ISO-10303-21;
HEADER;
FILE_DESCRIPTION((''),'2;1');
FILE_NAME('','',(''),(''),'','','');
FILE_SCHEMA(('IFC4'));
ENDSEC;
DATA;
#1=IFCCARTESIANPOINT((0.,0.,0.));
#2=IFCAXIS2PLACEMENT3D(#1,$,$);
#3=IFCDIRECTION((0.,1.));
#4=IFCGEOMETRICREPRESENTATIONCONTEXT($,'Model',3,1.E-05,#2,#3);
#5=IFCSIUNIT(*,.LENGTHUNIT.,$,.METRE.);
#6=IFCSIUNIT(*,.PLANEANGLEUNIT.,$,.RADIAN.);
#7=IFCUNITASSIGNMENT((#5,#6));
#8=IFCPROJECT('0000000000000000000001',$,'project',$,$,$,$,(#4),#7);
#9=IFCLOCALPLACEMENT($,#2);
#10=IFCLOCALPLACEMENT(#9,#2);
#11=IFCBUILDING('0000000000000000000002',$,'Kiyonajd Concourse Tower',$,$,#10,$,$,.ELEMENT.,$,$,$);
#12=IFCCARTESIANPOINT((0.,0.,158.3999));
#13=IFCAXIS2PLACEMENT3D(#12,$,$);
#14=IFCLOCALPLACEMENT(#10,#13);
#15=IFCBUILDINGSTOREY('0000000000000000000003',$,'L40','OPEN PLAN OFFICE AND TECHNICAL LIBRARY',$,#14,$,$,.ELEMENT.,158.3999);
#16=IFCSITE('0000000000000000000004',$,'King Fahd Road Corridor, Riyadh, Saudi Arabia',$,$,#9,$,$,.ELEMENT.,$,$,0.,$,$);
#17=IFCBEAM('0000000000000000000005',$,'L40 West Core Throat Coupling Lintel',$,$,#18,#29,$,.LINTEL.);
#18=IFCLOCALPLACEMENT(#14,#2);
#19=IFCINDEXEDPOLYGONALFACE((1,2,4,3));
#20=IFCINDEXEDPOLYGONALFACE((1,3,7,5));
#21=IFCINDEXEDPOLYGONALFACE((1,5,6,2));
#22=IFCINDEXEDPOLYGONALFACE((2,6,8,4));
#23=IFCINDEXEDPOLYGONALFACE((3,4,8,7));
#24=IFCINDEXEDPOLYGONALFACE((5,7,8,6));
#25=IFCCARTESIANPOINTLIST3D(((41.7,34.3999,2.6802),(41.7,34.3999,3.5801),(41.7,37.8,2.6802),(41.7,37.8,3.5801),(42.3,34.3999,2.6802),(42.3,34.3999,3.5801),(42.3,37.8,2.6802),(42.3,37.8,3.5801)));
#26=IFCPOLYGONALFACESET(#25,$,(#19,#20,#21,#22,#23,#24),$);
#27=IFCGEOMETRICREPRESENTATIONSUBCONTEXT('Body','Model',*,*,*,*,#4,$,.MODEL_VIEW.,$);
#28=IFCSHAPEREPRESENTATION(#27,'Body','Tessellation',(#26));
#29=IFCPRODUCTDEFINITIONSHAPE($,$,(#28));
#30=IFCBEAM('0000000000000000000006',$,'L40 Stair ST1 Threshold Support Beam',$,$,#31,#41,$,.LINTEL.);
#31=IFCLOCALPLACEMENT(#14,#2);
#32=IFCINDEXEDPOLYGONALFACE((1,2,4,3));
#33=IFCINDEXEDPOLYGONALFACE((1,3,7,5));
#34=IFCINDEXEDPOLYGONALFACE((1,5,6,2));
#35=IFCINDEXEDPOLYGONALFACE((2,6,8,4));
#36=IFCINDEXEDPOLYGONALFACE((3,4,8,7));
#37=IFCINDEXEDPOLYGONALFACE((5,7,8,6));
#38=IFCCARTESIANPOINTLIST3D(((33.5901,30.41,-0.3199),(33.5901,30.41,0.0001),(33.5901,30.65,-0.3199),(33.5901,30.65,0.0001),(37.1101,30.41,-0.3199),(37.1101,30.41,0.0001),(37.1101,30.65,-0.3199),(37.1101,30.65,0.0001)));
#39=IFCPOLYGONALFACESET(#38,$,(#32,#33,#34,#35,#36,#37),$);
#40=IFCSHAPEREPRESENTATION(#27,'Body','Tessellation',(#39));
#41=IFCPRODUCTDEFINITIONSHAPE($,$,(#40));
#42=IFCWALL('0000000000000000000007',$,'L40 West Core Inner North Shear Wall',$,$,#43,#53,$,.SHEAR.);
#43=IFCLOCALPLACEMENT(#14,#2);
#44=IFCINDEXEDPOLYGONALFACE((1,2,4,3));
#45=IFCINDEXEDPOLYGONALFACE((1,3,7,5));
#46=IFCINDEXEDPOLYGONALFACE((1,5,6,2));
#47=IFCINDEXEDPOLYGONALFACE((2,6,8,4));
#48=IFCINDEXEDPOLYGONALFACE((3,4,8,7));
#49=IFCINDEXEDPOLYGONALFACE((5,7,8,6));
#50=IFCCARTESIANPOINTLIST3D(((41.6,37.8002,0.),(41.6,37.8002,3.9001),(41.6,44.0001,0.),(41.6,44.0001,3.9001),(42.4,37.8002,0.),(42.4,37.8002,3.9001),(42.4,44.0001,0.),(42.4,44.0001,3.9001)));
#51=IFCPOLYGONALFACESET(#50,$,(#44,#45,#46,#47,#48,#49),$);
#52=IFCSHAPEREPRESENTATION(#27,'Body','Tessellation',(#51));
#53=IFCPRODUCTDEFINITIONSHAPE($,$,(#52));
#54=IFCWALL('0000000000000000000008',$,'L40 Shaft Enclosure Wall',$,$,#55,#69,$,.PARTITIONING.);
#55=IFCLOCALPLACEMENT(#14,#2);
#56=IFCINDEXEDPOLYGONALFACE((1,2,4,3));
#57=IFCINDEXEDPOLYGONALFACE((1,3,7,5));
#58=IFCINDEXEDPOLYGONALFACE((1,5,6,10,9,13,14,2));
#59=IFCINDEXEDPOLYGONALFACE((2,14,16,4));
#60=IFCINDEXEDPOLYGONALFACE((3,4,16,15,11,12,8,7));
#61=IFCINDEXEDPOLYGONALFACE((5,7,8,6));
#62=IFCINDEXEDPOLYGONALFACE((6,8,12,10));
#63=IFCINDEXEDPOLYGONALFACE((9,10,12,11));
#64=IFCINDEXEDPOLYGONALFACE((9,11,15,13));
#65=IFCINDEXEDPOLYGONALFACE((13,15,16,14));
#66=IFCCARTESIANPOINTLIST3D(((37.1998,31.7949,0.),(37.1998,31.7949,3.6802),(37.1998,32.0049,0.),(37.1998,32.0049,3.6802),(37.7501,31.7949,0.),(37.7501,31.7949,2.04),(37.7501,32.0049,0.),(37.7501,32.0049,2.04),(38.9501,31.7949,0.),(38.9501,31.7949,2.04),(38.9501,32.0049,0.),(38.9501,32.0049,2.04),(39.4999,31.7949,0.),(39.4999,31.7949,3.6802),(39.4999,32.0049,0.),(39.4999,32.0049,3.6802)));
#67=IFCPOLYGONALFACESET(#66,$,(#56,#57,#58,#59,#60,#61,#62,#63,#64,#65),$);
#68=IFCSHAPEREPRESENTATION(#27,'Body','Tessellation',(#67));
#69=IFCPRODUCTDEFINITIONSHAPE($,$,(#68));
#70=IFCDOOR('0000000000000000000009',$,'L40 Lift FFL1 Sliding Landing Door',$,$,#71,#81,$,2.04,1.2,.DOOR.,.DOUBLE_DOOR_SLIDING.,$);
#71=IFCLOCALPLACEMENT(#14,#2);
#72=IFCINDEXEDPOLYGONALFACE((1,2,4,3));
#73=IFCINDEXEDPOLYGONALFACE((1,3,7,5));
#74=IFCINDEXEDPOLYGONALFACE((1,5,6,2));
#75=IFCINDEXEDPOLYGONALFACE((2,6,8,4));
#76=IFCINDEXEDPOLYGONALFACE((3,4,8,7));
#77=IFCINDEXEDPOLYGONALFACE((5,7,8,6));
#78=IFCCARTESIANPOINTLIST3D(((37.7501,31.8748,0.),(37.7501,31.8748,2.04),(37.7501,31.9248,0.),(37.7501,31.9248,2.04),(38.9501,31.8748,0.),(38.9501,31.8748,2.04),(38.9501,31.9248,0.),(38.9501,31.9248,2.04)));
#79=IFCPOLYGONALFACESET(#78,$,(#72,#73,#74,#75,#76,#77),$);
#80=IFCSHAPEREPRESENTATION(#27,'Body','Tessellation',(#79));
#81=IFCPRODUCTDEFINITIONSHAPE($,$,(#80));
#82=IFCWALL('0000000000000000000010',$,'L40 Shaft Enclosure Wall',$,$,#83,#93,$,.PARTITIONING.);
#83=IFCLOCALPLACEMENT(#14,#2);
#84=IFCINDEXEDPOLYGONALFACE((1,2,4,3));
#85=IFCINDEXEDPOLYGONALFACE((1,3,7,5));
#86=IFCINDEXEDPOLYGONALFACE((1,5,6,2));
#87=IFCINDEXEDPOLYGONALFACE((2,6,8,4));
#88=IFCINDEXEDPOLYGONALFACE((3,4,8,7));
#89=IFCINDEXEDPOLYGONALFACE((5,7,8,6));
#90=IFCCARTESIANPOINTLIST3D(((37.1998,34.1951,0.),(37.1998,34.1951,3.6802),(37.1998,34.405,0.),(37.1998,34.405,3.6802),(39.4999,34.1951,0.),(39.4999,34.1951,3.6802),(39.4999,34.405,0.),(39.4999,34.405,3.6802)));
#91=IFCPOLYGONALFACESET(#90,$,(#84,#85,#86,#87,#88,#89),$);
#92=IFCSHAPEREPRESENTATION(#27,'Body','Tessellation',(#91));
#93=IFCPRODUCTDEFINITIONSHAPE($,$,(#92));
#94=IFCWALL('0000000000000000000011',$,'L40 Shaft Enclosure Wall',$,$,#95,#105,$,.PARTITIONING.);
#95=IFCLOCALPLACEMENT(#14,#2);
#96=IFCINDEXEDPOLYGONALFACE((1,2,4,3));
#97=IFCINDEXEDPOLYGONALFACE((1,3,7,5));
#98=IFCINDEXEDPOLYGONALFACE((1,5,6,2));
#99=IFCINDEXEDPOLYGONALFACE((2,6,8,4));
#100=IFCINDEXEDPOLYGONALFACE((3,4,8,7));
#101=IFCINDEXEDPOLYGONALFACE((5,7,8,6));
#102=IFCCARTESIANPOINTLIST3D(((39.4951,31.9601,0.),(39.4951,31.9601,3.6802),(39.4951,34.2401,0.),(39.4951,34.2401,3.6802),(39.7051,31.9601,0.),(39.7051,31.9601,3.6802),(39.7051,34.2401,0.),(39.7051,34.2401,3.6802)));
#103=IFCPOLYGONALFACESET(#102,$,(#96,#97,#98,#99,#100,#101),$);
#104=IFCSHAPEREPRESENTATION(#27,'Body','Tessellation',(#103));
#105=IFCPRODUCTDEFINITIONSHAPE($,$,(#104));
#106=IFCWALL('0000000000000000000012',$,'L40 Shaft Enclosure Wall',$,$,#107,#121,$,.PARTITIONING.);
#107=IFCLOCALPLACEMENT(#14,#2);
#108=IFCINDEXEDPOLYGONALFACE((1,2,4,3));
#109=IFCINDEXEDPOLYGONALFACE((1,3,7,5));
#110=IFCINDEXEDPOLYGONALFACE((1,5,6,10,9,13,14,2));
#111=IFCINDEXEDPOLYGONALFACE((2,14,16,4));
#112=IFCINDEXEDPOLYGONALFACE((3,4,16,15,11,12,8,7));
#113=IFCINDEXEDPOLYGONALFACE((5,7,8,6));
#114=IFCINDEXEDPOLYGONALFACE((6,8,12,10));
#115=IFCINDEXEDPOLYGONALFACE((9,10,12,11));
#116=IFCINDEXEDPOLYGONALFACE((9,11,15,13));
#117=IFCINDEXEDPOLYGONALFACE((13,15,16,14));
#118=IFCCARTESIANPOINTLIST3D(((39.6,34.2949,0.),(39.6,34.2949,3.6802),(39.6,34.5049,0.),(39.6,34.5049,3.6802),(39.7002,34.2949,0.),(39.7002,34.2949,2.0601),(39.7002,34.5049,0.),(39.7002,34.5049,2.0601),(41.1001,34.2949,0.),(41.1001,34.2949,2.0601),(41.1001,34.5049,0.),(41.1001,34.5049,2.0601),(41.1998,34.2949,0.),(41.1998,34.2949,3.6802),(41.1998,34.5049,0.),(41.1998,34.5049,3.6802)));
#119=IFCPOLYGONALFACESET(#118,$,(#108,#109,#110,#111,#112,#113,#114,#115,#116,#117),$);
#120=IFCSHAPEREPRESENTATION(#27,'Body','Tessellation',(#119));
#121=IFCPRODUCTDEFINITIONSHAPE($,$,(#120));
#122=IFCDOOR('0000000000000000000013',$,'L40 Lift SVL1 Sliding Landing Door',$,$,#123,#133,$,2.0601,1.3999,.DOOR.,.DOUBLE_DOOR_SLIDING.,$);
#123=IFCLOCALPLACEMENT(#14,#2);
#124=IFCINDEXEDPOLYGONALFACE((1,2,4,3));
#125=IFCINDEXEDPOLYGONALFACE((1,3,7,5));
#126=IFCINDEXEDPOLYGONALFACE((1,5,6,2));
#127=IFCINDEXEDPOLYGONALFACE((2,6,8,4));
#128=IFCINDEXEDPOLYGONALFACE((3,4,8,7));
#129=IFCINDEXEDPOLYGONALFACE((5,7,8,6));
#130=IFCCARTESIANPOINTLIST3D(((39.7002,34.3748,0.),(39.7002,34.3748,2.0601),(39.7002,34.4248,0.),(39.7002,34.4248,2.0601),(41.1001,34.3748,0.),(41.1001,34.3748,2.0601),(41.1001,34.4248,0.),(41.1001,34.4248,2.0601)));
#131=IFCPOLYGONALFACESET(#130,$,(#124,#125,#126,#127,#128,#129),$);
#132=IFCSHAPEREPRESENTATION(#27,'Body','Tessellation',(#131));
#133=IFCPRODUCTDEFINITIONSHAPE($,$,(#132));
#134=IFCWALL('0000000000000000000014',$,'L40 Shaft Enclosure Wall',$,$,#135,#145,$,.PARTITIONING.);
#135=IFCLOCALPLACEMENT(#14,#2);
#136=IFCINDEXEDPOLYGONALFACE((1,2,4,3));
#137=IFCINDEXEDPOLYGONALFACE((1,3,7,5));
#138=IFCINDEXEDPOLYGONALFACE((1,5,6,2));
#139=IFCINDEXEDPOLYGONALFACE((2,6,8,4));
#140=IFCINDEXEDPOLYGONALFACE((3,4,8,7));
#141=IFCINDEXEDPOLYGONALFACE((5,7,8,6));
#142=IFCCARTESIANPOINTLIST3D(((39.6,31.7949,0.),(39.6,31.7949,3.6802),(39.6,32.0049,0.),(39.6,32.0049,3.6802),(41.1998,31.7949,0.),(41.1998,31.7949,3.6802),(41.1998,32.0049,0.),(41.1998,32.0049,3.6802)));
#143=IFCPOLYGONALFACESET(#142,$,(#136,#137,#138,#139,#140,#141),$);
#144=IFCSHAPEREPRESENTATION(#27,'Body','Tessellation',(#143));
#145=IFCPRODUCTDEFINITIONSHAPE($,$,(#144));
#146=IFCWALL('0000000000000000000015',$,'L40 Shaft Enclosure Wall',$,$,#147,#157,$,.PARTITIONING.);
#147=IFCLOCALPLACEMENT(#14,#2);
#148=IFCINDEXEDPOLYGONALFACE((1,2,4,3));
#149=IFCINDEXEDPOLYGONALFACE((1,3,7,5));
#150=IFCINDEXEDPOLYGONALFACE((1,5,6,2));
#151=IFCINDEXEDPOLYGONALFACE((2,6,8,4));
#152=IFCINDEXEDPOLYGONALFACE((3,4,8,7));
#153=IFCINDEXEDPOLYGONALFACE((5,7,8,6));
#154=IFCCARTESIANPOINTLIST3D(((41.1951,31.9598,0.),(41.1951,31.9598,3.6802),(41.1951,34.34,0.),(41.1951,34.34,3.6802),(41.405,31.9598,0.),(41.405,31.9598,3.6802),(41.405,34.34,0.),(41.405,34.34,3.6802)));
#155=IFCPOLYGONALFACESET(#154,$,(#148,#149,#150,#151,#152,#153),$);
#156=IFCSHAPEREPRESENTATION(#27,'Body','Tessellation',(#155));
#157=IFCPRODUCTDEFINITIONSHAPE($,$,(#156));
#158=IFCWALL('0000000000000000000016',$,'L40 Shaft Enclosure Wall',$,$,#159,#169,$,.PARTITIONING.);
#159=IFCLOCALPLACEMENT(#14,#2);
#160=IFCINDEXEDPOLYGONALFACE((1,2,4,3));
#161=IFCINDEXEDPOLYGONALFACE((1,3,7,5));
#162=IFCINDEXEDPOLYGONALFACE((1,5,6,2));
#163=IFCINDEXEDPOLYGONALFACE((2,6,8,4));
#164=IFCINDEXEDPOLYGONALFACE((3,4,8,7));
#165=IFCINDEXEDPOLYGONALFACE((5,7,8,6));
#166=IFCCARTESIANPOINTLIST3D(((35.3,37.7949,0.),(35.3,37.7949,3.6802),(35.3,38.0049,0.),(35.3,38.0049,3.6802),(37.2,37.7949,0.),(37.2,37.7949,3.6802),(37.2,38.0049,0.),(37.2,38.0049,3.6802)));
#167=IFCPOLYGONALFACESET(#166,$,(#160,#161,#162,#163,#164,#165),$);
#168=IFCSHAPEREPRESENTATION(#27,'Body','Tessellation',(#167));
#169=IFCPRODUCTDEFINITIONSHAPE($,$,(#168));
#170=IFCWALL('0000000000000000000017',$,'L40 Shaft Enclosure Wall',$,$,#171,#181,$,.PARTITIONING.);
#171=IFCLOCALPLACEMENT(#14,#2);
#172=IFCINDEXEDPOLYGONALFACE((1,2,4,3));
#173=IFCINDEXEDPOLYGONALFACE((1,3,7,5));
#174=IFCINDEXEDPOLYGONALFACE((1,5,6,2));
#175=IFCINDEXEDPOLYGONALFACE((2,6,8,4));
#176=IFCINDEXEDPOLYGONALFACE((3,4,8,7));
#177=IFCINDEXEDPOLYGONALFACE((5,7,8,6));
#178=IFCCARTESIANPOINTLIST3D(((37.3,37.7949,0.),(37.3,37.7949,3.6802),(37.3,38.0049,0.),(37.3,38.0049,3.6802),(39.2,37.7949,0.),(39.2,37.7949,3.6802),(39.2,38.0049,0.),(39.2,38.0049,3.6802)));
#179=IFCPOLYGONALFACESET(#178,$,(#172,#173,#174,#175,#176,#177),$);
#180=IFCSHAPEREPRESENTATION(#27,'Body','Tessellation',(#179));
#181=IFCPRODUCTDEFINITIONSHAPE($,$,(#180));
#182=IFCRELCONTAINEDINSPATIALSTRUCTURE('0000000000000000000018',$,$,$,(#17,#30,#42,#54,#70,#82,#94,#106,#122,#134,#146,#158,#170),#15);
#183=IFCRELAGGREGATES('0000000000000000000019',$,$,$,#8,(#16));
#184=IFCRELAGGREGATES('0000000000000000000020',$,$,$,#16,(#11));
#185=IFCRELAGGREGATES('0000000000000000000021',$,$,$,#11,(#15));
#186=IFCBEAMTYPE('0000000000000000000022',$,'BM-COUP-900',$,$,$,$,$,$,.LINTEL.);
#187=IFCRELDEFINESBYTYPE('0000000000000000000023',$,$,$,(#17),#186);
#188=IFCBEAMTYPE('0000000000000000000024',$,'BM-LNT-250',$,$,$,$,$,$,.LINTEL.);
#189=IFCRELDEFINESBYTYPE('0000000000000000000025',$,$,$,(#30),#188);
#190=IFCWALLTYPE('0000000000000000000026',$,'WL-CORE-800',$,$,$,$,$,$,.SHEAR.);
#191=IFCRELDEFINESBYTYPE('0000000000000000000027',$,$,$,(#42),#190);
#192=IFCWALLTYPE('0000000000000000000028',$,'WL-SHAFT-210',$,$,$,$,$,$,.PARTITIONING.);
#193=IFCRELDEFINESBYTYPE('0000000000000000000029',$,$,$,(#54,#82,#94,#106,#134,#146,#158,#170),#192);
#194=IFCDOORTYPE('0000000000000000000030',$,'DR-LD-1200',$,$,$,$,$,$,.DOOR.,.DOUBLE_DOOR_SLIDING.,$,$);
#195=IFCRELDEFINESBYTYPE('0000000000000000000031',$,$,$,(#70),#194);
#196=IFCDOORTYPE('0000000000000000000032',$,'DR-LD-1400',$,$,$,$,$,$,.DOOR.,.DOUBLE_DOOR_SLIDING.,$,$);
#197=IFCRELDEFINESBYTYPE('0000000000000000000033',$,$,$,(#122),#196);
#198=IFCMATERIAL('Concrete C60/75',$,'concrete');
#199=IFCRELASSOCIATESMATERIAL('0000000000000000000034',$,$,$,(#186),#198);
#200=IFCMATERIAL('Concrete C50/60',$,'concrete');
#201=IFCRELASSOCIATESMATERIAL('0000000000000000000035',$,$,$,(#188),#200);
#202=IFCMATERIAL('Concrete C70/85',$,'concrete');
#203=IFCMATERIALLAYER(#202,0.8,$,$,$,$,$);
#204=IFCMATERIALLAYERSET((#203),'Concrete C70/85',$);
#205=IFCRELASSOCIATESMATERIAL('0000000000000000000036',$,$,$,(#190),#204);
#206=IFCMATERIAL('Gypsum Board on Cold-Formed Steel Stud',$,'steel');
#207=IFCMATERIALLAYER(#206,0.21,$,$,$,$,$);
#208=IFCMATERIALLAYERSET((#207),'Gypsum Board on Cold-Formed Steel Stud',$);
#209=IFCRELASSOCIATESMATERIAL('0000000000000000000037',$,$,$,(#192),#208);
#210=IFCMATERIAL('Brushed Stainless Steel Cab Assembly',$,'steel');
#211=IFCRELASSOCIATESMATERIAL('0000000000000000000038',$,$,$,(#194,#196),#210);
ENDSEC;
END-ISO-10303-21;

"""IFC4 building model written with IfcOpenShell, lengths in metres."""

from ifc_helpers import new_model, si_unit, direction, frame, frame_2d, origin, origin_2d, place, context, subcontext, project, spatial, rectangle, extrude, material, layer, layer_set, material_profile, profile_set, type_object, element, fill, save


model = new_model("IFC4")

# Units and contexts
model_context = context("Model", 3, precision=1e-05, world=origin(), true_north=direction((0.0, 1.0)))
body_context = subcontext(model_context, "Body", "Model", "MODEL_VIEW")
ifc_project = project(units=[si_unit("LENGTHUNIT", "METRE"), si_unit("PLANEANGLEUNIT", "RADIAN")], contexts=[model_context])

# Site, building, storey
site_placement = place(None, origin())
site = spatial("IfcSite", under=ifc_project, at=site_placement, Name="King Fahd Road Corridor, Riyadh, Saudi Arabia", CompositionType="ELEMENT", RefElevation=0.0)
building_placement = place(site_placement, origin())
building = spatial("IfcBuilding", under=site, at=building_placement, Name="Kiyonajd Concourse Tower", CompositionType="ELEMENT")
storey_placement = place(building_placement, frame((0.0, 0.0, 158.3999)))
storey = spatial("IfcBuildingStorey", under=building, at=storey_placement, Name="L40", Description="OPEN PLAN OFFICE AND TECHNICAL LIBRARY", CompositionType="ELEMENT", Elevation=158.3999)

# Beams
ifc_material_1 = material(Name="Concrete C60/75", Category="concrete")
ifc_material_profile_1 = material_profile(ifc_material_1, rectangle(XDim=0.6001, YDim=0.8999, at=origin_2d()), Name="RCBM-600x900")
ifc_profile_set_1 = profile_set([ifc_material_profile_1], Name="Concrete C60/75")
beam_type_1 = type_object("IfcBeamType", Name="BM-COUP-900", PredefinedType="LINTEL", material=ifc_profile_set_1)
beam_1_placement = place(storey_placement, frame((42.0, 34.3999, 3.1301), z_axis=(0.0, 1.0, 0.0), x_axis=(-1.0, 0.0, 0.0)))
element("IfcBeam", 1, at=beam_1_placement, inside=storey, type_object=beam_type_1, Name="L40 West Core Throat Coupling Lintel", PredefinedType="LINTEL", context=body_context, shape_type="SweptSolid", body=[
    extrude(rectangle(XDim=0.6001, YDim=0.8999, at=origin_2d()), origin(), (0.0, 0.0, 1.0), 3.4001),
])
ifc_material_2 = material(Name="Concrete C50/60", Category="concrete")
ifc_material_profile_2 = material_profile(ifc_material_2, rectangle(XDim=0.24, YDim=0.3201, at=origin_2d()), Name="RCBM-240x320")
ifc_profile_set_2 = profile_set([ifc_material_profile_2], Name="Concrete C50/60")
beam_type_2 = type_object("IfcBeamType", Name="BM-LNT-250", PredefinedType="LINTEL", material=ifc_profile_set_2)
beam_2_placement = place(storey_placement, frame((33.5901, 30.53, -0.1599), z_axis=(1.0, 0.0, 0.0), x_axis=(0.0, 1.0, 0.0)))
element("IfcBeam", 2, at=beam_2_placement, inside=storey, type_object=beam_type_2, Name="L40 Stair ST1 Threshold Support Beam", PredefinedType="LINTEL", context=body_context, shape_type="SweptSolid", body=[
    extrude(rectangle(XDim=0.24, YDim=0.3201, at=origin_2d()), origin(), (0.0, 0.0, 1.0), 3.52),
])

# Wall
ifc_material_3 = material(Name="Concrete C70/85", Category="concrete")
ifc_layer_1 = layer(ifc_material_3, 0.8)
ifc_layer_set_1 = layer_set([ifc_layer_1], Name="Concrete C70/85")
wall_type_1 = type_object("IfcWallType", Name="WL-CORE-800", PredefinedType="SHEAR", material=ifc_layer_set_1)
wall_1_placement = place(storey_placement, frame((42.0, 37.8, 0.0), z_axis=(0.0, 0.0, 1.0), x_axis=(0.0, 1.0, 0.0)))
element("IfcWall", 3, at=wall_1_placement, inside=storey, type_object=wall_type_1, Name="L40 West Core Inner North Shear Wall", PredefinedType="SHEAR", context=body_context, shape_type="SweptSolid", body=[
    extrude(rectangle(XDim=6.2, YDim=0.8, at=frame_2d((3.1001, 0.0))), origin(), (0.0, 0.0, 1.0), 3.9001),
])

# Wall, opening, door
ifc_material_4 = material(Name="Gypsum Board on Cold-Formed Steel Stud", Category="steel")
ifc_layer_2 = layer(ifc_material_4, 0.21)
ifc_layer_set_2 = layer_set([ifc_layer_2], Name="Gypsum Board on Cold-Formed Steel Stud")
wall_type_2 = type_object("IfcWallType", Name="WL-SHAFT-210", PredefinedType="PARTITIONING", material=ifc_layer_set_2)
wall_2_placement = place(storey_placement, frame((37.2, 31.8999, 0.0), z_axis=(0.0, 0.0, 1.0), x_axis=(1.0, 0.0, 0.0)))
wall_2 = element("IfcWall", 4, at=wall_2_placement, inside=storey, type_object=wall_type_2, Name="L40 Shaft Enclosure Wall", PredefinedType="PARTITIONING", context=body_context, shape_type="SweptSolid", body=[
    extrude(rectangle(XDim=2.3, YDim=0.21, at=frame_2d((1.1499, 0.0))), origin(), (0.0, 0.0, 1.0), 3.6802),
])
opening_1_placement = place(wall_2_placement, frame((0.55, 0.0, 0.0)))
opening_1 = element("IfcOpeningElement", 5, at=opening_1_placement, cuts=wall_2, PredefinedType="OPENING", context=body_context, shape_type="SweptSolid", body=[
    extrude(rectangle(XDim=1.2, YDim=2.04, at=frame_2d((0.6001, 1.02))), frame((0.0, 0.115, 0.0), z_axis=(0.0, -1.0, 0.0), x_axis=(1.0, 0.0, 0.0)), (0.0, 0.0, 1.0), 0.23),
])
ifc_material_5 = material(Name="Brushed Stainless Steel Cab Assembly", Category="steel")
door_type_1 = type_object("IfcDoorType", Name="DR-LD-1200", OperationType="DOUBLE_DOOR_SLIDING", PredefinedType="DOOR", material=ifc_material_5)
door_1_placement = place(opening_1_placement, origin())
door_1 = element("IfcDoor", 6, at=door_1_placement, inside=storey, type_object=door_type_1, Name="L40 Lift FFL1 Sliding Landing Door", OperationType="DOUBLE_DOOR_SLIDING", OverallHeight=2.04, OverallWidth=1.2, PredefinedType="DOOR", context=body_context, shape_type="SweptSolid", body=[
    extrude(rectangle(XDim=1.2, YDim=2.04, at=frame_2d((0.6001, 1.02))), frame((0.0, 0.0249, 0.0), z_axis=(0.0, -1.0, 0.0), x_axis=(1.0, 0.0, 0.0)), (0.0, 0.0, 1.0), 0.05),
])
fill(opening_1, door_1)

# Walls
wall_3_placement = place(storey_placement, frame((37.2, 34.3, 0.0), z_axis=(0.0, 0.0, 1.0), x_axis=(1.0, 0.0, 0.0)))
element("IfcWall", 7, at=wall_3_placement, inside=storey, type_object=wall_type_2, Name="L40 Shaft Enclosure Wall", PredefinedType="PARTITIONING", context=body_context, shape_type="SweptSolid", body=[
    extrude(rectangle(XDim=2.3, YDim=0.21, at=frame_2d((1.1499, 0.0))), origin(), (0.0, 0.0, 1.0), 3.6802),
])
wall_4_placement = place(storey_placement, frame((39.6001, 31.96, 0.0), z_axis=(0.0, 0.0, 1.0), x_axis=(0.0, 1.0, 0.0)))
element("IfcWall", 8, at=wall_4_placement, inside=storey, type_object=wall_type_2, Name="L40 Shaft Enclosure Wall", PredefinedType="PARTITIONING", context=body_context, shape_type="SweptSolid", body=[
    extrude(rectangle(XDim=2.28, YDim=0.21, at=frame_2d((1.1401, 0.0))), origin(), (0.0, 0.0, 1.0), 3.6802),
])

# Wall, opening, door
wall_5_placement = place(storey_placement, frame((39.6001, 34.3999, 0.0), z_axis=(0.0, 0.0, 1.0), x_axis=(1.0, 0.0, 0.0)))
wall_5 = element("IfcWall", 9, at=wall_5_placement, inside=storey, type_object=wall_type_2, Name="L40 Shaft Enclosure Wall", PredefinedType="PARTITIONING", context=body_context, shape_type="SweptSolid", body=[
    extrude(rectangle(XDim=1.5999, YDim=0.21, at=frame_2d((0.7998, 0.0))), origin(), (0.0, 0.0, 1.0), 3.6802),
])
opening_2_placement = place(wall_5_placement, frame((0.1001, 0.0, 0.0)))
opening_2 = element("IfcOpeningElement", 10, at=opening_2_placement, cuts=wall_5, PredefinedType="OPENING", context=body_context, shape_type="SweptSolid", body=[
    extrude(rectangle(XDim=1.3999, YDim=2.0601, at=frame_2d((0.7, 1.03))), frame((0.0, 0.115, 0.0), z_axis=(0.0, -1.0, 0.0), x_axis=(1.0, 0.0, 0.0)), (0.0, 0.0, 1.0), 0.23),
])
door_type_2 = type_object("IfcDoorType", Name="DR-LD-1400", OperationType="DOUBLE_DOOR_SLIDING", PredefinedType="DOOR", material=ifc_material_5)
door_2_placement = place(opening_2_placement, origin())
door_2 = element("IfcDoor", 11, at=door_2_placement, inside=storey, type_object=door_type_2, Name="L40 Lift SVL1 Sliding Landing Door", OperationType="DOUBLE_DOOR_SLIDING", OverallHeight=2.0601, OverallWidth=1.3999, PredefinedType="DOOR", context=body_context, shape_type="SweptSolid", body=[
    extrude(rectangle(XDim=1.3999, YDim=2.0601, at=frame_2d((0.7, 1.03))), frame((0.0, 0.0249, 0.0), z_axis=(0.0, -1.0, 0.0), x_axis=(1.0, 0.0, 0.0)), (0.0, 0.0, 1.0), 0.05),
])
fill(opening_2, door_2)

# Walls
wall_6_placement = place(storey_placement, frame((39.6001, 31.8999, 0.0), z_axis=(0.0, 0.0, 1.0), x_axis=(1.0, 0.0, 0.0)))
element("IfcWall", 12, at=wall_6_placement, inside=storey, type_object=wall_type_2, Name="L40 Shaft Enclosure Wall", PredefinedType="PARTITIONING", context=body_context, shape_type="SweptSolid", body=[
    extrude(rectangle(XDim=1.5999, YDim=0.21, at=frame_2d((0.7998, 0.0))), origin(), (0.0, 0.0, 1.0), 3.6802),
])
wall_7_placement = place(storey_placement, frame((41.3, 31.96, 0.0), z_axis=(0.0, 0.0, 1.0), x_axis=(0.0, 1.0, 0.0)))
element("IfcWall", 13, at=wall_7_placement, inside=storey, type_object=wall_type_2, Name="L40 Shaft Enclosure Wall", PredefinedType="PARTITIONING", context=body_context, shape_type="SweptSolid", body=[
    extrude(rectangle(XDim=2.3801, YDim=0.21, at=frame_2d((1.1899, 0.0))), origin(), (0.0, 0.0, 1.0), 3.6802),
])
for number, where, z_axis, x_axis, name in (
    (14, (35.3, 37.8999, 0.0), (0.0, 0.0, 1.0), (1.0, 0.0, 0.0), "L40 Shaft Enclosure Wall"),
    (15, (37.3, 37.8999, 0.0), (0.0, 0.0, 1.0), (1.0, 0.0, 0.0), "L40 Shaft Enclosure Wall"),
):
    element("IfcWall", number, at=place(storey_placement, frame(where, z_axis=z_axis, x_axis=x_axis)), inside=storey, type_object=wall_type_2, Name=name, PredefinedType="PARTITIONING", context=body_context, shape_type="SweptSolid", body=[
        extrude(rectangle(XDim=1.8999, YDim=0.21, at=frame_2d((0.95, 0.0))), origin(), (0.0, 0.0, 1.0), 3.6802),
    ])

save(model, "model.ifc")
